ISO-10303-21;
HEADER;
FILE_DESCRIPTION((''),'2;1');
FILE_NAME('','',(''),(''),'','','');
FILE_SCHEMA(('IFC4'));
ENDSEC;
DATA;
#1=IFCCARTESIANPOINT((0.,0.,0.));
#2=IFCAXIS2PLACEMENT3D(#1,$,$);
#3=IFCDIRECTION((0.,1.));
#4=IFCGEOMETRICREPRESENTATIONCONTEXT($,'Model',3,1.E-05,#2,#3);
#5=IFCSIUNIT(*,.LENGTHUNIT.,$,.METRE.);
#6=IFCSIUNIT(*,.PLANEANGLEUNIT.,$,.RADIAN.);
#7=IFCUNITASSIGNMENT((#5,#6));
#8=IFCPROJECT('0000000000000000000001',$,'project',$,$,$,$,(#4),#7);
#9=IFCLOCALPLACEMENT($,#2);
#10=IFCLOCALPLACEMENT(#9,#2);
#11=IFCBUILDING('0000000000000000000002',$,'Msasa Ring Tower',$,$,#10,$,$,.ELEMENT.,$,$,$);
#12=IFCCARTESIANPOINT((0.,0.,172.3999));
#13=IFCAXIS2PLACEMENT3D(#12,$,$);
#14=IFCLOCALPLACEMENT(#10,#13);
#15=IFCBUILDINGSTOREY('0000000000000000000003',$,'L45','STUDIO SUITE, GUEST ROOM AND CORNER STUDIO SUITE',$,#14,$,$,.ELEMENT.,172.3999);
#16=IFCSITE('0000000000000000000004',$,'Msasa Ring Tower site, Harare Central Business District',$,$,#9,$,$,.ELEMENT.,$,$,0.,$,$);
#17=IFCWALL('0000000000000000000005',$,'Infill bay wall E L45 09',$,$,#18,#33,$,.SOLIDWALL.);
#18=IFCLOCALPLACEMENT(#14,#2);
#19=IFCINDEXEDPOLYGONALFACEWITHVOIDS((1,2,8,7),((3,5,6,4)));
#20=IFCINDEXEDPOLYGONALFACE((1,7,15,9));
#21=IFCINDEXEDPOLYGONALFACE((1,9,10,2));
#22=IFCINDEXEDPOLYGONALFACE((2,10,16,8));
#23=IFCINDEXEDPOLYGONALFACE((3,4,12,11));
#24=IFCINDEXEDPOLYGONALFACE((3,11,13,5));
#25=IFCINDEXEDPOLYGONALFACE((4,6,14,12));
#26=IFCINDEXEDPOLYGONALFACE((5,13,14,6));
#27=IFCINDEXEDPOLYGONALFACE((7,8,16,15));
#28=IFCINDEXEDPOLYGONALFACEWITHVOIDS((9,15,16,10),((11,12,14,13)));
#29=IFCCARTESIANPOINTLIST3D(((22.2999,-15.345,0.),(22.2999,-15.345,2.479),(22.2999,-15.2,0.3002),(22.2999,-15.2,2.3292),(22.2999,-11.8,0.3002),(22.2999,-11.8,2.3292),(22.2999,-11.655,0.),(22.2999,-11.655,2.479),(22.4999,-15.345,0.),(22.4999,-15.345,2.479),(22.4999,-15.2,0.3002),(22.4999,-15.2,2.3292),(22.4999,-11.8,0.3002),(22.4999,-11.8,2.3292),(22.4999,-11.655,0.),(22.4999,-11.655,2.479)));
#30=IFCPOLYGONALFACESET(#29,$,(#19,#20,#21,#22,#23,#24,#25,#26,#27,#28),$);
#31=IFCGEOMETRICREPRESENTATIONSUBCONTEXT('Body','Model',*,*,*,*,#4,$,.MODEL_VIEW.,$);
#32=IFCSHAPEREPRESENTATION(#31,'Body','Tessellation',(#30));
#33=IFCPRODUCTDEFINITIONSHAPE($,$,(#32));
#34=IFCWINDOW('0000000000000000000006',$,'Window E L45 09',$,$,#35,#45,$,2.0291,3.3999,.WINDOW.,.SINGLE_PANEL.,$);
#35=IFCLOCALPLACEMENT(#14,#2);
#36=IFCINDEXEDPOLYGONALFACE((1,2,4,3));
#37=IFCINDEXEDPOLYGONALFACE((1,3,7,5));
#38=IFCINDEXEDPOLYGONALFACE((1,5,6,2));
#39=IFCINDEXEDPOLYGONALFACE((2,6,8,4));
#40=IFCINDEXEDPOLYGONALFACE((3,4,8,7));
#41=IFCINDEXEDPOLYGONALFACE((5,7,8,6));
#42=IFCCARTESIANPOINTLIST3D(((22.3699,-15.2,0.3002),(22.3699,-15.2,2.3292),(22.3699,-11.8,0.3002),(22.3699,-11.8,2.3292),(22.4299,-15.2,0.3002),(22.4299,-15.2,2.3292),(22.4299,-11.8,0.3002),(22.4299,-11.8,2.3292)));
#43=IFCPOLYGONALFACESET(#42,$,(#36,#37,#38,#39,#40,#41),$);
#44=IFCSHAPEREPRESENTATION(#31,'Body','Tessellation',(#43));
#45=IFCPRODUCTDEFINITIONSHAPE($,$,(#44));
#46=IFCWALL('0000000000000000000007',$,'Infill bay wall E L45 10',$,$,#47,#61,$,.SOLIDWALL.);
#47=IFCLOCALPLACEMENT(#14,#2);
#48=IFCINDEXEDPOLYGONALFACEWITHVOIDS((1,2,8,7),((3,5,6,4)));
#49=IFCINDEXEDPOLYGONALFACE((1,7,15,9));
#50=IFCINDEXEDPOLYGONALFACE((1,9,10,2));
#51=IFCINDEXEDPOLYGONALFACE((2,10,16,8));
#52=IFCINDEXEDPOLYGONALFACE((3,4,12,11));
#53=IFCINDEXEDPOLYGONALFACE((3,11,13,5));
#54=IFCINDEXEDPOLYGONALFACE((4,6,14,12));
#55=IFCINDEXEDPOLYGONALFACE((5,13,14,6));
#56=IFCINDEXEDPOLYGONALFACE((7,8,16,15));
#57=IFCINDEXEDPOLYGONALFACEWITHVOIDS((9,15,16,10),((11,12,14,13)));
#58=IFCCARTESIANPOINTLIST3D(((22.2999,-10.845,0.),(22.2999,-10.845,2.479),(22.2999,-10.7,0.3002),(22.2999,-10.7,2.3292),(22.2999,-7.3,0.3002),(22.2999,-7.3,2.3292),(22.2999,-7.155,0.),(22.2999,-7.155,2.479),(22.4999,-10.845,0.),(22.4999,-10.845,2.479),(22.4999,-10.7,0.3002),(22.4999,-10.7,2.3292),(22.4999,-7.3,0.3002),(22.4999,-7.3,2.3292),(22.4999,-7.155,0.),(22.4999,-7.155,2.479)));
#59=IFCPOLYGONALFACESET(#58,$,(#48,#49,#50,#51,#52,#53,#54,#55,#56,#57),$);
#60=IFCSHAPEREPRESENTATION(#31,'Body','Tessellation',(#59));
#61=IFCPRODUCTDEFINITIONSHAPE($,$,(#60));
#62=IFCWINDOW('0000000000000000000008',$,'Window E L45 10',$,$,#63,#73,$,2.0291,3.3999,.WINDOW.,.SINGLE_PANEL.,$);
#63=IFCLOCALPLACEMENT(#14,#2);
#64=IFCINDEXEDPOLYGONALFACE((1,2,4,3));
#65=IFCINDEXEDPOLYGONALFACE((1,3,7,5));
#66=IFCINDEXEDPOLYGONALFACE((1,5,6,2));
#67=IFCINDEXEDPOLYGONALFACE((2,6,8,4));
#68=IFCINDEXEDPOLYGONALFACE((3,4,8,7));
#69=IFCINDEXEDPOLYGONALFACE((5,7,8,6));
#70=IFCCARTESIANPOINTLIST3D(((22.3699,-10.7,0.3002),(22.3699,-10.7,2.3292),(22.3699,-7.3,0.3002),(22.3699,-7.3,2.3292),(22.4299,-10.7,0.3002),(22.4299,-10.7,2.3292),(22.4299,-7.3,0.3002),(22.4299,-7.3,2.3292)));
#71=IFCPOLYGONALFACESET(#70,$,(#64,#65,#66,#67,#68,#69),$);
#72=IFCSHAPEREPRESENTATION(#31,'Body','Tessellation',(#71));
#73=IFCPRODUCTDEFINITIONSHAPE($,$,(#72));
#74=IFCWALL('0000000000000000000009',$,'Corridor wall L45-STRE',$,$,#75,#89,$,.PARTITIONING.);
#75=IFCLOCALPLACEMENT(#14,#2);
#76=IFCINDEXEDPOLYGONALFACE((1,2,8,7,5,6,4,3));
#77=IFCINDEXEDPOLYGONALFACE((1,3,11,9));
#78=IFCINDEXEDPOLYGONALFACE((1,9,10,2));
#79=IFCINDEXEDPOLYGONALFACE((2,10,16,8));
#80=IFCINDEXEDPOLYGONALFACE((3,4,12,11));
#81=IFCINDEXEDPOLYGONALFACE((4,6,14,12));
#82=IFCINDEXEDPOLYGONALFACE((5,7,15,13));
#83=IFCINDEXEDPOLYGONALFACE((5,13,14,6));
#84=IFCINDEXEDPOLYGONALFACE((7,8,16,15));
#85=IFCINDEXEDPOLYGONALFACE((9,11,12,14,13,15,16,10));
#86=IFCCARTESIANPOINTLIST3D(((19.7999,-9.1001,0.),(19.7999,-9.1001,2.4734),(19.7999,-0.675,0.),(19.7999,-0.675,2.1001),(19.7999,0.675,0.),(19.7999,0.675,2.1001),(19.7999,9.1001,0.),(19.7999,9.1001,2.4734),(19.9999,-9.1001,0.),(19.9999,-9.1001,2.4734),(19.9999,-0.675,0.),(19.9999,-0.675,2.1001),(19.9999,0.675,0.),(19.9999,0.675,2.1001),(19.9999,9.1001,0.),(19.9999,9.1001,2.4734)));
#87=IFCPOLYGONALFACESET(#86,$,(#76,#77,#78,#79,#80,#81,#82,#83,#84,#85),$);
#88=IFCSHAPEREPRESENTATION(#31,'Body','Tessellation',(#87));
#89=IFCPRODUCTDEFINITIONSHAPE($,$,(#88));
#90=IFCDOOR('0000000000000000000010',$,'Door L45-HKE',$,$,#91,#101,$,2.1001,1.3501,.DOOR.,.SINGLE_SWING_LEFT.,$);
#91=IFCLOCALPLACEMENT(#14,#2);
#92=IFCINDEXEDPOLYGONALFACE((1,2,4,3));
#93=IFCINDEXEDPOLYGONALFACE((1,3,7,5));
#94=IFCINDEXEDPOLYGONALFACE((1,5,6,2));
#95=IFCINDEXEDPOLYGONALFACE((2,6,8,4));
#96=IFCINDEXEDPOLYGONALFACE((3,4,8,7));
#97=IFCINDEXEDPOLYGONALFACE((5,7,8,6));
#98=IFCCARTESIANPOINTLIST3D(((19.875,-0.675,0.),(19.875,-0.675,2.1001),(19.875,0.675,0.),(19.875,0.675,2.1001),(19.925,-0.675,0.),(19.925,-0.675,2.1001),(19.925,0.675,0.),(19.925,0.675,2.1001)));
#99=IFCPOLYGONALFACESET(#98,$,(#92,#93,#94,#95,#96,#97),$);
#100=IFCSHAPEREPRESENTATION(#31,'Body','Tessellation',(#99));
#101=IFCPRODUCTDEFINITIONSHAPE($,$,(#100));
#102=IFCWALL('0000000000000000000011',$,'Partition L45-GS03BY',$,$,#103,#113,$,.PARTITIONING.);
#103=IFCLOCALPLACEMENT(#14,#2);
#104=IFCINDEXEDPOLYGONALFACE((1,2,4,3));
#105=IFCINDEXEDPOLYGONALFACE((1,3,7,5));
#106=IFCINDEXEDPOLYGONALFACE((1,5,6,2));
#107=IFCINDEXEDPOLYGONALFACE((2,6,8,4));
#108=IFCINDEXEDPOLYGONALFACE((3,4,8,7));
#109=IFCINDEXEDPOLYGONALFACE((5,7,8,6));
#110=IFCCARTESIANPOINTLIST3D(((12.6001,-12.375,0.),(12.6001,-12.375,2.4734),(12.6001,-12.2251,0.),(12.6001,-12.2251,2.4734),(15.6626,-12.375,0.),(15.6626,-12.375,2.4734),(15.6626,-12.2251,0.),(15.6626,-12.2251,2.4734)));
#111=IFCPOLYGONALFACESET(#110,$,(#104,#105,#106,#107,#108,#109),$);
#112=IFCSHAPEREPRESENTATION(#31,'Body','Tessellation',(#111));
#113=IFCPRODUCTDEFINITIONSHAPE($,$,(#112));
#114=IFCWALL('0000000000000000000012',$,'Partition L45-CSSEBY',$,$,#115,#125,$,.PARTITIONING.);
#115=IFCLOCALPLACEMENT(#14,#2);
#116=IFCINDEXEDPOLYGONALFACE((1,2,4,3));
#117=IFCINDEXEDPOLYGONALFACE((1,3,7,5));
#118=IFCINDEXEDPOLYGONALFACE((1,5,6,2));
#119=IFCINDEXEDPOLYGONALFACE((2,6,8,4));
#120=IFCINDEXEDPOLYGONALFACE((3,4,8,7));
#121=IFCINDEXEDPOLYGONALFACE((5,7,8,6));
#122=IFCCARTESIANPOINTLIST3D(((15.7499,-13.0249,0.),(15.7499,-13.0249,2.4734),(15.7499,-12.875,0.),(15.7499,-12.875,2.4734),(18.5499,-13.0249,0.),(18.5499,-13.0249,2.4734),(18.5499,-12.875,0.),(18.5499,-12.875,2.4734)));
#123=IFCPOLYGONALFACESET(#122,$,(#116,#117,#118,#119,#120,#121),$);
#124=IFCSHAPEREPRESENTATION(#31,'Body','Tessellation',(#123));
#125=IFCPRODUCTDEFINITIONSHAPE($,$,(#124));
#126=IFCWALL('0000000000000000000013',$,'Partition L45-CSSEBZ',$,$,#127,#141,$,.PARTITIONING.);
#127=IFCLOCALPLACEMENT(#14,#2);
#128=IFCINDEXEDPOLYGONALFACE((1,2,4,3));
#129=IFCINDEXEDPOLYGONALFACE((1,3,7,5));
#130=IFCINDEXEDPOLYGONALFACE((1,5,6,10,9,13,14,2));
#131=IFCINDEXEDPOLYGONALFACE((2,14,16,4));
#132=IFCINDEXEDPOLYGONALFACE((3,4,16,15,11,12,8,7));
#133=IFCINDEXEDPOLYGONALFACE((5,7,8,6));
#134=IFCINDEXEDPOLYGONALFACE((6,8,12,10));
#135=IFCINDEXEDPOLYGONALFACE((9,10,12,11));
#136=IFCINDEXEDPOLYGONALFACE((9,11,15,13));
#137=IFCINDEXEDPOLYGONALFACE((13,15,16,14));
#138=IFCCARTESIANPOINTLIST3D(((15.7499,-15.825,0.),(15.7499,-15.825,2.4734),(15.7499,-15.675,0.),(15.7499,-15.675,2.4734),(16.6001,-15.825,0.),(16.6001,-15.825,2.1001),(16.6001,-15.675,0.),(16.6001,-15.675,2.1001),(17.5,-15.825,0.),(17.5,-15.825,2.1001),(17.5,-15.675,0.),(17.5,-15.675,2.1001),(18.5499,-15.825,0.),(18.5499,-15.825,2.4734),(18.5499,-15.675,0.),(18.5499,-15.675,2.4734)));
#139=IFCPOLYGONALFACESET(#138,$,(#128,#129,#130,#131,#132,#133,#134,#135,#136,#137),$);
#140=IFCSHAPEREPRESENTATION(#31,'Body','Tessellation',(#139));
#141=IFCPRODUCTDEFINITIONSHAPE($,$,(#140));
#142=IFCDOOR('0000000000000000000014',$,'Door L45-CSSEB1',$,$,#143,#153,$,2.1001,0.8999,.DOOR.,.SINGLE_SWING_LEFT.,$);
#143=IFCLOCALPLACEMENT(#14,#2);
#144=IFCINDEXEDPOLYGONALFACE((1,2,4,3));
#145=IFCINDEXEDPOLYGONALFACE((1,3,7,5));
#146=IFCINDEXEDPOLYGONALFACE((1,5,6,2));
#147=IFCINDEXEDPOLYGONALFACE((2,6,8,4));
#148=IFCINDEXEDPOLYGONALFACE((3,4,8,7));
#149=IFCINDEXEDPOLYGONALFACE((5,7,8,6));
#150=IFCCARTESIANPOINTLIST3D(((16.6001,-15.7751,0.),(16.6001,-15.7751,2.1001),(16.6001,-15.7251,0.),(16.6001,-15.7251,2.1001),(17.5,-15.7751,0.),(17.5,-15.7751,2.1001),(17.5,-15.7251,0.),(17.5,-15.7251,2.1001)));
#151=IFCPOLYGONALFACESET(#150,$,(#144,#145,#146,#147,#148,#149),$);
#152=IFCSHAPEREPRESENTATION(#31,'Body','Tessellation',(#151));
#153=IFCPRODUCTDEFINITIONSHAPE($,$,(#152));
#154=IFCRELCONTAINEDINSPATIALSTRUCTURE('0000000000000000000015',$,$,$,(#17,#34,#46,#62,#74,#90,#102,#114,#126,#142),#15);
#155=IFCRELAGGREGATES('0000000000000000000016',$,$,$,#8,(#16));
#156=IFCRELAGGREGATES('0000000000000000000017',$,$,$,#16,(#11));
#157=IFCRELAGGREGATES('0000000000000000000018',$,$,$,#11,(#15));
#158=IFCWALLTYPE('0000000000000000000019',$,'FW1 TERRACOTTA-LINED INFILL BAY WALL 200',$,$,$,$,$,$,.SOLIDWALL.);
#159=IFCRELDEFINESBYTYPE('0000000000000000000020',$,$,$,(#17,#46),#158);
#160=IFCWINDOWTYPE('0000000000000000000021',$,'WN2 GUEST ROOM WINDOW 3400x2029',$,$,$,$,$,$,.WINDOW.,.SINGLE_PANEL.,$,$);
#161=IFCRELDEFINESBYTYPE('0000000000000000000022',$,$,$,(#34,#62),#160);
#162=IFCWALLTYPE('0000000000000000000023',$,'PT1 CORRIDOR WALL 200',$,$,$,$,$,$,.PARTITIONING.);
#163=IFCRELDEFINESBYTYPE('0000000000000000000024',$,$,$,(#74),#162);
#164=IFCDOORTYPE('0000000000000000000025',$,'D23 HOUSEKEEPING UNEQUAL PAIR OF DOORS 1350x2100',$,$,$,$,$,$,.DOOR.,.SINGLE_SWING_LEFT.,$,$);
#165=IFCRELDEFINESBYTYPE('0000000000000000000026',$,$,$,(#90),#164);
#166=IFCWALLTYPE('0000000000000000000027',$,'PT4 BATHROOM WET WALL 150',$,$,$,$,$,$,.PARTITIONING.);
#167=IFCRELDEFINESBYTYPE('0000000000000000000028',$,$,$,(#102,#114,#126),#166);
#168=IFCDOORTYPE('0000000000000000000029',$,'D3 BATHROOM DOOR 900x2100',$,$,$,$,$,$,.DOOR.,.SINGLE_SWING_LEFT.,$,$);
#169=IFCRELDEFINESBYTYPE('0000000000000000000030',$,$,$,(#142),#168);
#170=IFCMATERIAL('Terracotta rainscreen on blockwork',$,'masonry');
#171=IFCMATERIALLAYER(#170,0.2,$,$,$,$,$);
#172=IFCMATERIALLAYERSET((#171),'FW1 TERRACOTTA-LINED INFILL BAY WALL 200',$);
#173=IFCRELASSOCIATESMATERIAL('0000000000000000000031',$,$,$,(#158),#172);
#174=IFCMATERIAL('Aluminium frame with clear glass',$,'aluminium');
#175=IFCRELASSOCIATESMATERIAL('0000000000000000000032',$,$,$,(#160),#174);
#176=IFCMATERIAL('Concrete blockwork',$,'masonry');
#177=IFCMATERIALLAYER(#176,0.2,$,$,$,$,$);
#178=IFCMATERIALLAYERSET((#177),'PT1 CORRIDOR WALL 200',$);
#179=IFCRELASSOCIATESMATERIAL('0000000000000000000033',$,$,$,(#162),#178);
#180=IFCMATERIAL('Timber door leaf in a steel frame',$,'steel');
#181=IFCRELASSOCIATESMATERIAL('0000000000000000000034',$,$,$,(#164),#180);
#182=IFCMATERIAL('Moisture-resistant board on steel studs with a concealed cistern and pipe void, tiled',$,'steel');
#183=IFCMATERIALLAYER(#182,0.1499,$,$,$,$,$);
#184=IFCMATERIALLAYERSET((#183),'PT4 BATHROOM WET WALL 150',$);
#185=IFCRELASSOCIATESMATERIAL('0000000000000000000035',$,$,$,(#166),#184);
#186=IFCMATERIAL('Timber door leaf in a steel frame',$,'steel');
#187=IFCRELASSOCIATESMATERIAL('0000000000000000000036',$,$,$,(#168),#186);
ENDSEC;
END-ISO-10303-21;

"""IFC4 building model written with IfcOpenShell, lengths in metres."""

from ifc_helpers import new_model, si_unit, direction, frame, frame_2d, origin, place, context, subcontext, project, spatial, rectangle, extrude, material, layer, layer_set, type_object, element, fill, save


model = new_model("IFC4")

# Units and contexts
model_context = context("Model", 3, precision=1e-05, world=origin(), true_north=direction((0.0, 1.0)))
body_context = subcontext(model_context, "Body", "Model", "MODEL_VIEW")
ifc_project = project(units=[si_unit("LENGTHUNIT", "METRE"), si_unit("PLANEANGLEUNIT", "RADIAN")], contexts=[model_context])

# Site, building, storey
site_placement = place(None, origin())
site = spatial("IfcSite", under=ifc_project, at=site_placement, Name="Msasa Ring Tower site, Harare Central Business District", CompositionType="ELEMENT", RefElevation=0.0)
building_placement = place(site_placement, origin())
building = spatial("IfcBuilding", under=site, at=building_placement, Name="Msasa Ring Tower", CompositionType="ELEMENT")
storey_placement = place(building_placement, frame((0.0, 0.0, 172.3999)))
storey = spatial("IfcBuildingStorey", under=building, at=storey_placement, Name="L45", Description="STUDIO SUITE, GUEST ROOM AND CORNER STUDIO SUITE", CompositionType="ELEMENT", Elevation=172.3999)

# Walls, openings, windows
ifc_material_1 = material(Name="Terracotta rainscreen on blockwork", Category="masonry")
ifc_layer_1 = layer(ifc_material_1, 0.2)
ifc_layer_set_1 = layer_set([ifc_layer_1], Name="FW1 TERRACOTTA-LINED INFILL BAY WALL 200")
wall_type_1 = type_object("IfcWallType", Name="FW1 TERRACOTTA-LINED INFILL BAY WALL 200", PredefinedType="SOLIDWALL", material=ifc_layer_set_1)
wall_1_placement = place(storey_placement, frame((22.3999, -15.345, 0.0), z_axis=(0.0, 0.0, 1.0), x_axis=(0.0, 1.0, 0.0)))
wall_1 = element("IfcWall", 1, at=wall_1_placement, inside=storey, type_object=wall_type_1, Name="Infill bay wall E L45 09", PredefinedType="SOLIDWALL", context=body_context, shape_type="SweptSolid", body=[
    extrude(rectangle(XDim=3.6899, YDim=0.2, at=frame_2d((1.845, 0.0))), origin(), (0.0, 0.0, 1.0), 2.479),
])
opening_1_placement = place(wall_1_placement, frame((0.145, 0.0, 0.3)))
opening_1 = element("IfcOpeningElement", 2, at=opening_1_placement, cuts=wall_1, PredefinedType="OPENING", context=body_context, shape_type="SweptSolid", body=[
    extrude(rectangle(XDim=3.3999, YDim=2.0291, at=frame_2d((1.7, 1.0146))), frame((0.0, 0.1099, 0.0), z_axis=(0.0, -1.0, 0.0), x_axis=(1.0, 0.0, 0.0)), (0.0, 0.0, 1.0), 0.22),
])
ifc_material_2 = material(Name="Aluminium frame with clear glass", Category="aluminium")
window_type = type_object("IfcWindowType", Name="WN2 GUEST ROOM WINDOW 3400x2029", PartitioningType="SINGLE_PANEL", PredefinedType="WINDOW", material=ifc_material_2)
window_1_placement = place(opening_1_placement, origin())
window_1 = element("IfcWindow", 3, at=window_1_placement, inside=storey, type_object=window_type, Name="Window E L45 09", OverallHeight=2.0291, OverallWidth=3.3999, PartitioningType="SINGLE_PANEL", PredefinedType="WINDOW", context=body_context, shape_type="SweptSolid", body=[
    extrude(rectangle(XDim=3.3999, YDim=2.0291, at=frame_2d((1.7, 1.0146))), frame((0.0, 0.03, 0.0), z_axis=(0.0, -1.0, 0.0), x_axis=(1.0, 0.0, 0.0)), (0.0, 0.0, 1.0), 0.0601),
])
fill(opening_1, window_1)
wall_2_placement = place(storey_placement, frame((22.3999, -10.845, 0.0), z_axis=(0.0, 0.0, 1.0), x_axis=(0.0, 1.0, 0.0)))
wall_2 = element("IfcWall", 4, at=wall_2_placement, inside=storey, type_object=wall_type_1, Name="Infill bay wall E L45 10", PredefinedType="SOLIDWALL", context=body_context, shape_type="SweptSolid", body=[
    extrude(rectangle(XDim=3.6899, YDim=0.2, at=frame_2d((1.845, 0.0))), origin(), (0.0, 0.0, 1.0), 2.479),
])
opening_2_placement = place(wall_2_placement, frame((0.145, 0.0, 0.3)))
opening_2 = element("IfcOpeningElement", 5, at=opening_2_placement, cuts=wall_2, PredefinedType="OPENING", context=body_context, shape_type="SweptSolid", body=[
    extrude(rectangle(XDim=3.3999, YDim=2.0291, at=frame_2d((1.7, 1.0146))), frame((0.0, 0.1099, 0.0), z_axis=(0.0, -1.0, 0.0), x_axis=(1.0, 0.0, 0.0)), (0.0, 0.0, 1.0), 0.22),
])
window_2_placement = place(opening_2_placement, origin())
window_2 = element("IfcWindow", 6, at=window_2_placement, inside=storey, type_object=window_type, Name="Window E L45 10", OverallHeight=2.0291, OverallWidth=3.3999, PartitioningType="SINGLE_PANEL", PredefinedType="WINDOW", context=body_context, shape_type="SweptSolid", body=[
    extrude(rectangle(XDim=3.3999, YDim=2.0291, at=frame_2d((1.7, 1.0146))), frame((0.0, 0.03, 0.0), z_axis=(0.0, -1.0, 0.0), x_axis=(1.0, 0.0, 0.0)), (0.0, 0.0, 1.0), 0.0601),
])
fill(opening_2, window_2)

# Wall, opening, door
ifc_material_3 = material(Name="Concrete blockwork", Category="masonry")
ifc_layer_2 = layer(ifc_material_3, 0.2)
ifc_layer_set_2 = layer_set([ifc_layer_2], Name="PT1 CORRIDOR WALL 200")
wall_type_2 = type_object("IfcWallType", Name="PT1 CORRIDOR WALL 200", PredefinedType="PARTITIONING", material=ifc_layer_set_2)
wall_3_placement = place(storey_placement, frame((19.8999, -9.1001, 0.0), z_axis=(0.0, 0.0, 1.0), x_axis=(0.0, 1.0, 0.0)))
wall_3 = element("IfcWall", 7, at=wall_3_placement, inside=storey, type_object=wall_type_2, Name="Corridor wall L45-STRE", PredefinedType="PARTITIONING", context=body_context, shape_type="SweptSolid", body=[
    extrude(rectangle(XDim=18.2002, YDim=0.2, at=frame_2d((9.1001, 0.0))), origin(), (0.0, 0.0, 1.0), 2.4734),
])
opening_3_placement = place(wall_3_placement, frame((8.425, 0.0, 0.0)))
opening_3 = element("IfcOpeningElement", 8, at=opening_3_placement, cuts=wall_3, PredefinedType="OPENING", context=body_context, shape_type="SweptSolid", body=[
    extrude(rectangle(XDim=1.3501, YDim=2.1001, at=frame_2d((0.675, 1.05))), frame((0.0, 0.1099, 0.0), z_axis=(0.0, -1.0, 0.0), x_axis=(1.0, 0.0, 0.0)), (0.0, 0.0, 1.0), 0.22),
])
ifc_material_4 = material(Name="Timber door leaf in a steel frame", Category="steel")
door_type_1 = type_object("IfcDoorType", Name="D23 HOUSEKEEPING UNEQUAL PAIR OF DOORS 1350x2100", OperationType="SINGLE_SWING_LEFT", PredefinedType="DOOR", material=ifc_material_4)
door_1_placement = place(opening_3_placement, origin())
door_1 = element("IfcDoor", 9, at=door_1_placement, inside=storey, type_object=door_type_1, Name="Door L45-HKE", OperationType="SINGLE_SWING_LEFT", OverallHeight=2.1001, OverallWidth=1.3501, PredefinedType="DOOR", context=body_context, shape_type="SweptSolid", body=[
    extrude(rectangle(XDim=1.3501, YDim=2.1001, at=frame_2d((0.675, 1.05))), frame((0.0, 0.0249, 0.0), z_axis=(0.0, -1.0, 0.0), x_axis=(1.0, 0.0, 0.0)), (0.0, 0.0, 1.0), 0.05),
])
fill(opening_3, door_1)

# Walls
ifc_material_5 = material(Name="Moisture-resistant board on steel studs with a concealed cistern and pipe void, tiled", Category="steel")
ifc_layer_3 = layer(ifc_material_5, 0.1499)
ifc_layer_set_3 = layer_set([ifc_layer_3], Name="PT4 BATHROOM WET WALL 150")
wall_type_3 = type_object("IfcWallType", Name="PT4 BATHROOM WET WALL 150", PredefinedType="PARTITIONING", material=ifc_layer_set_3)
wall_4_placement = place(storey_placement, frame((12.6001, -12.3, 0.0), z_axis=(0.0, 0.0, 1.0), x_axis=(1.0, 0.0, 0.0)))
element("IfcWall", 10, at=wall_4_placement, inside=storey, type_object=wall_type_3, Name="Partition L45-GS03BY", PredefinedType="PARTITIONING", context=body_context, shape_type="SweptSolid", body=[
    extrude(rectangle(XDim=3.0625, YDim=0.1499, at=frame_2d((1.5312, 0.0))), origin(), (0.0, 0.0, 1.0), 2.4734),
])
wall_5_placement = place(storey_placement, frame((15.75, -12.95, 0.0), z_axis=(0.0, 0.0, 1.0), x_axis=(1.0, 0.0, 0.0)))
element("IfcWall", 11, at=wall_5_placement, inside=storey, type_object=wall_type_3, Name="Partition L45-CSSEBY", PredefinedType="PARTITIONING", context=body_context, shape_type="SweptSolid", body=[
    extrude(rectangle(XDim=2.8, YDim=0.1499, at=frame_2d((1.3999, 0.0))), origin(), (0.0, 0.0, 1.0), 2.4734),
])

# Wall, opening, door
wall_6_placement = place(storey_placement, frame((15.75, -15.75, 0.0), z_axis=(0.0, 0.0, 1.0), x_axis=(1.0, 0.0, 0.0)))
wall_6 = element("IfcWall", 12, at=wall_6_placement, inside=storey, type_object=wall_type_3, Name="Partition L45-CSSEBZ", PredefinedType="PARTITIONING", context=body_context, shape_type="SweptSolid", body=[
    extrude(rectangle(XDim=2.8, YDim=0.1499, at=frame_2d((1.3999, 0.0))), origin(), (0.0, 0.0, 1.0), 2.4734),
])
opening_4_placement = place(wall_6_placement, frame((0.8501, 0.0, 0.0)))
opening_4 = element("IfcOpeningElement", 13, at=opening_4_placement, cuts=wall_6, PredefinedType="OPENING", context=body_context, shape_type="SweptSolid", body=[
    extrude(rectangle(XDim=0.8999, YDim=2.1001, at=frame_2d((0.45, 1.05))), frame((0.0, 0.085, 0.0), z_axis=(0.0, -1.0, 0.0), x_axis=(1.0, 0.0, 0.0)), (0.0, 0.0, 1.0), 0.1699),
])
ifc_material_6 = material(Name="Timber door leaf in a steel frame", Category="steel")
door_type_2 = type_object("IfcDoorType", Name="D3 BATHROOM DOOR 900x2100", OperationType="SINGLE_SWING_LEFT", PredefinedType="DOOR", material=ifc_material_6)
door_2_placement = place(opening_4_placement, origin())
door_2 = element("IfcDoor", 14, at=door_2_placement, inside=storey, type_object=door_type_2, Name="Door L45-CSSEB1", OperationType="SINGLE_SWING_LEFT", OverallHeight=2.1001, OverallWidth=0.8999, PredefinedType="DOOR", context=body_context, shape_type="SweptSolid", body=[
    extrude(rectangle(XDim=0.8999, YDim=2.1001, at=frame_2d((0.45, 1.05))), frame((0.0, 0.0249, 0.0), z_axis=(0.0, -1.0, 0.0), x_axis=(1.0, 0.0, 0.0)), (0.0, 0.0, 1.0), 0.05),
])
fill(opening_4, door_2)

save(model, "model.ifc")
